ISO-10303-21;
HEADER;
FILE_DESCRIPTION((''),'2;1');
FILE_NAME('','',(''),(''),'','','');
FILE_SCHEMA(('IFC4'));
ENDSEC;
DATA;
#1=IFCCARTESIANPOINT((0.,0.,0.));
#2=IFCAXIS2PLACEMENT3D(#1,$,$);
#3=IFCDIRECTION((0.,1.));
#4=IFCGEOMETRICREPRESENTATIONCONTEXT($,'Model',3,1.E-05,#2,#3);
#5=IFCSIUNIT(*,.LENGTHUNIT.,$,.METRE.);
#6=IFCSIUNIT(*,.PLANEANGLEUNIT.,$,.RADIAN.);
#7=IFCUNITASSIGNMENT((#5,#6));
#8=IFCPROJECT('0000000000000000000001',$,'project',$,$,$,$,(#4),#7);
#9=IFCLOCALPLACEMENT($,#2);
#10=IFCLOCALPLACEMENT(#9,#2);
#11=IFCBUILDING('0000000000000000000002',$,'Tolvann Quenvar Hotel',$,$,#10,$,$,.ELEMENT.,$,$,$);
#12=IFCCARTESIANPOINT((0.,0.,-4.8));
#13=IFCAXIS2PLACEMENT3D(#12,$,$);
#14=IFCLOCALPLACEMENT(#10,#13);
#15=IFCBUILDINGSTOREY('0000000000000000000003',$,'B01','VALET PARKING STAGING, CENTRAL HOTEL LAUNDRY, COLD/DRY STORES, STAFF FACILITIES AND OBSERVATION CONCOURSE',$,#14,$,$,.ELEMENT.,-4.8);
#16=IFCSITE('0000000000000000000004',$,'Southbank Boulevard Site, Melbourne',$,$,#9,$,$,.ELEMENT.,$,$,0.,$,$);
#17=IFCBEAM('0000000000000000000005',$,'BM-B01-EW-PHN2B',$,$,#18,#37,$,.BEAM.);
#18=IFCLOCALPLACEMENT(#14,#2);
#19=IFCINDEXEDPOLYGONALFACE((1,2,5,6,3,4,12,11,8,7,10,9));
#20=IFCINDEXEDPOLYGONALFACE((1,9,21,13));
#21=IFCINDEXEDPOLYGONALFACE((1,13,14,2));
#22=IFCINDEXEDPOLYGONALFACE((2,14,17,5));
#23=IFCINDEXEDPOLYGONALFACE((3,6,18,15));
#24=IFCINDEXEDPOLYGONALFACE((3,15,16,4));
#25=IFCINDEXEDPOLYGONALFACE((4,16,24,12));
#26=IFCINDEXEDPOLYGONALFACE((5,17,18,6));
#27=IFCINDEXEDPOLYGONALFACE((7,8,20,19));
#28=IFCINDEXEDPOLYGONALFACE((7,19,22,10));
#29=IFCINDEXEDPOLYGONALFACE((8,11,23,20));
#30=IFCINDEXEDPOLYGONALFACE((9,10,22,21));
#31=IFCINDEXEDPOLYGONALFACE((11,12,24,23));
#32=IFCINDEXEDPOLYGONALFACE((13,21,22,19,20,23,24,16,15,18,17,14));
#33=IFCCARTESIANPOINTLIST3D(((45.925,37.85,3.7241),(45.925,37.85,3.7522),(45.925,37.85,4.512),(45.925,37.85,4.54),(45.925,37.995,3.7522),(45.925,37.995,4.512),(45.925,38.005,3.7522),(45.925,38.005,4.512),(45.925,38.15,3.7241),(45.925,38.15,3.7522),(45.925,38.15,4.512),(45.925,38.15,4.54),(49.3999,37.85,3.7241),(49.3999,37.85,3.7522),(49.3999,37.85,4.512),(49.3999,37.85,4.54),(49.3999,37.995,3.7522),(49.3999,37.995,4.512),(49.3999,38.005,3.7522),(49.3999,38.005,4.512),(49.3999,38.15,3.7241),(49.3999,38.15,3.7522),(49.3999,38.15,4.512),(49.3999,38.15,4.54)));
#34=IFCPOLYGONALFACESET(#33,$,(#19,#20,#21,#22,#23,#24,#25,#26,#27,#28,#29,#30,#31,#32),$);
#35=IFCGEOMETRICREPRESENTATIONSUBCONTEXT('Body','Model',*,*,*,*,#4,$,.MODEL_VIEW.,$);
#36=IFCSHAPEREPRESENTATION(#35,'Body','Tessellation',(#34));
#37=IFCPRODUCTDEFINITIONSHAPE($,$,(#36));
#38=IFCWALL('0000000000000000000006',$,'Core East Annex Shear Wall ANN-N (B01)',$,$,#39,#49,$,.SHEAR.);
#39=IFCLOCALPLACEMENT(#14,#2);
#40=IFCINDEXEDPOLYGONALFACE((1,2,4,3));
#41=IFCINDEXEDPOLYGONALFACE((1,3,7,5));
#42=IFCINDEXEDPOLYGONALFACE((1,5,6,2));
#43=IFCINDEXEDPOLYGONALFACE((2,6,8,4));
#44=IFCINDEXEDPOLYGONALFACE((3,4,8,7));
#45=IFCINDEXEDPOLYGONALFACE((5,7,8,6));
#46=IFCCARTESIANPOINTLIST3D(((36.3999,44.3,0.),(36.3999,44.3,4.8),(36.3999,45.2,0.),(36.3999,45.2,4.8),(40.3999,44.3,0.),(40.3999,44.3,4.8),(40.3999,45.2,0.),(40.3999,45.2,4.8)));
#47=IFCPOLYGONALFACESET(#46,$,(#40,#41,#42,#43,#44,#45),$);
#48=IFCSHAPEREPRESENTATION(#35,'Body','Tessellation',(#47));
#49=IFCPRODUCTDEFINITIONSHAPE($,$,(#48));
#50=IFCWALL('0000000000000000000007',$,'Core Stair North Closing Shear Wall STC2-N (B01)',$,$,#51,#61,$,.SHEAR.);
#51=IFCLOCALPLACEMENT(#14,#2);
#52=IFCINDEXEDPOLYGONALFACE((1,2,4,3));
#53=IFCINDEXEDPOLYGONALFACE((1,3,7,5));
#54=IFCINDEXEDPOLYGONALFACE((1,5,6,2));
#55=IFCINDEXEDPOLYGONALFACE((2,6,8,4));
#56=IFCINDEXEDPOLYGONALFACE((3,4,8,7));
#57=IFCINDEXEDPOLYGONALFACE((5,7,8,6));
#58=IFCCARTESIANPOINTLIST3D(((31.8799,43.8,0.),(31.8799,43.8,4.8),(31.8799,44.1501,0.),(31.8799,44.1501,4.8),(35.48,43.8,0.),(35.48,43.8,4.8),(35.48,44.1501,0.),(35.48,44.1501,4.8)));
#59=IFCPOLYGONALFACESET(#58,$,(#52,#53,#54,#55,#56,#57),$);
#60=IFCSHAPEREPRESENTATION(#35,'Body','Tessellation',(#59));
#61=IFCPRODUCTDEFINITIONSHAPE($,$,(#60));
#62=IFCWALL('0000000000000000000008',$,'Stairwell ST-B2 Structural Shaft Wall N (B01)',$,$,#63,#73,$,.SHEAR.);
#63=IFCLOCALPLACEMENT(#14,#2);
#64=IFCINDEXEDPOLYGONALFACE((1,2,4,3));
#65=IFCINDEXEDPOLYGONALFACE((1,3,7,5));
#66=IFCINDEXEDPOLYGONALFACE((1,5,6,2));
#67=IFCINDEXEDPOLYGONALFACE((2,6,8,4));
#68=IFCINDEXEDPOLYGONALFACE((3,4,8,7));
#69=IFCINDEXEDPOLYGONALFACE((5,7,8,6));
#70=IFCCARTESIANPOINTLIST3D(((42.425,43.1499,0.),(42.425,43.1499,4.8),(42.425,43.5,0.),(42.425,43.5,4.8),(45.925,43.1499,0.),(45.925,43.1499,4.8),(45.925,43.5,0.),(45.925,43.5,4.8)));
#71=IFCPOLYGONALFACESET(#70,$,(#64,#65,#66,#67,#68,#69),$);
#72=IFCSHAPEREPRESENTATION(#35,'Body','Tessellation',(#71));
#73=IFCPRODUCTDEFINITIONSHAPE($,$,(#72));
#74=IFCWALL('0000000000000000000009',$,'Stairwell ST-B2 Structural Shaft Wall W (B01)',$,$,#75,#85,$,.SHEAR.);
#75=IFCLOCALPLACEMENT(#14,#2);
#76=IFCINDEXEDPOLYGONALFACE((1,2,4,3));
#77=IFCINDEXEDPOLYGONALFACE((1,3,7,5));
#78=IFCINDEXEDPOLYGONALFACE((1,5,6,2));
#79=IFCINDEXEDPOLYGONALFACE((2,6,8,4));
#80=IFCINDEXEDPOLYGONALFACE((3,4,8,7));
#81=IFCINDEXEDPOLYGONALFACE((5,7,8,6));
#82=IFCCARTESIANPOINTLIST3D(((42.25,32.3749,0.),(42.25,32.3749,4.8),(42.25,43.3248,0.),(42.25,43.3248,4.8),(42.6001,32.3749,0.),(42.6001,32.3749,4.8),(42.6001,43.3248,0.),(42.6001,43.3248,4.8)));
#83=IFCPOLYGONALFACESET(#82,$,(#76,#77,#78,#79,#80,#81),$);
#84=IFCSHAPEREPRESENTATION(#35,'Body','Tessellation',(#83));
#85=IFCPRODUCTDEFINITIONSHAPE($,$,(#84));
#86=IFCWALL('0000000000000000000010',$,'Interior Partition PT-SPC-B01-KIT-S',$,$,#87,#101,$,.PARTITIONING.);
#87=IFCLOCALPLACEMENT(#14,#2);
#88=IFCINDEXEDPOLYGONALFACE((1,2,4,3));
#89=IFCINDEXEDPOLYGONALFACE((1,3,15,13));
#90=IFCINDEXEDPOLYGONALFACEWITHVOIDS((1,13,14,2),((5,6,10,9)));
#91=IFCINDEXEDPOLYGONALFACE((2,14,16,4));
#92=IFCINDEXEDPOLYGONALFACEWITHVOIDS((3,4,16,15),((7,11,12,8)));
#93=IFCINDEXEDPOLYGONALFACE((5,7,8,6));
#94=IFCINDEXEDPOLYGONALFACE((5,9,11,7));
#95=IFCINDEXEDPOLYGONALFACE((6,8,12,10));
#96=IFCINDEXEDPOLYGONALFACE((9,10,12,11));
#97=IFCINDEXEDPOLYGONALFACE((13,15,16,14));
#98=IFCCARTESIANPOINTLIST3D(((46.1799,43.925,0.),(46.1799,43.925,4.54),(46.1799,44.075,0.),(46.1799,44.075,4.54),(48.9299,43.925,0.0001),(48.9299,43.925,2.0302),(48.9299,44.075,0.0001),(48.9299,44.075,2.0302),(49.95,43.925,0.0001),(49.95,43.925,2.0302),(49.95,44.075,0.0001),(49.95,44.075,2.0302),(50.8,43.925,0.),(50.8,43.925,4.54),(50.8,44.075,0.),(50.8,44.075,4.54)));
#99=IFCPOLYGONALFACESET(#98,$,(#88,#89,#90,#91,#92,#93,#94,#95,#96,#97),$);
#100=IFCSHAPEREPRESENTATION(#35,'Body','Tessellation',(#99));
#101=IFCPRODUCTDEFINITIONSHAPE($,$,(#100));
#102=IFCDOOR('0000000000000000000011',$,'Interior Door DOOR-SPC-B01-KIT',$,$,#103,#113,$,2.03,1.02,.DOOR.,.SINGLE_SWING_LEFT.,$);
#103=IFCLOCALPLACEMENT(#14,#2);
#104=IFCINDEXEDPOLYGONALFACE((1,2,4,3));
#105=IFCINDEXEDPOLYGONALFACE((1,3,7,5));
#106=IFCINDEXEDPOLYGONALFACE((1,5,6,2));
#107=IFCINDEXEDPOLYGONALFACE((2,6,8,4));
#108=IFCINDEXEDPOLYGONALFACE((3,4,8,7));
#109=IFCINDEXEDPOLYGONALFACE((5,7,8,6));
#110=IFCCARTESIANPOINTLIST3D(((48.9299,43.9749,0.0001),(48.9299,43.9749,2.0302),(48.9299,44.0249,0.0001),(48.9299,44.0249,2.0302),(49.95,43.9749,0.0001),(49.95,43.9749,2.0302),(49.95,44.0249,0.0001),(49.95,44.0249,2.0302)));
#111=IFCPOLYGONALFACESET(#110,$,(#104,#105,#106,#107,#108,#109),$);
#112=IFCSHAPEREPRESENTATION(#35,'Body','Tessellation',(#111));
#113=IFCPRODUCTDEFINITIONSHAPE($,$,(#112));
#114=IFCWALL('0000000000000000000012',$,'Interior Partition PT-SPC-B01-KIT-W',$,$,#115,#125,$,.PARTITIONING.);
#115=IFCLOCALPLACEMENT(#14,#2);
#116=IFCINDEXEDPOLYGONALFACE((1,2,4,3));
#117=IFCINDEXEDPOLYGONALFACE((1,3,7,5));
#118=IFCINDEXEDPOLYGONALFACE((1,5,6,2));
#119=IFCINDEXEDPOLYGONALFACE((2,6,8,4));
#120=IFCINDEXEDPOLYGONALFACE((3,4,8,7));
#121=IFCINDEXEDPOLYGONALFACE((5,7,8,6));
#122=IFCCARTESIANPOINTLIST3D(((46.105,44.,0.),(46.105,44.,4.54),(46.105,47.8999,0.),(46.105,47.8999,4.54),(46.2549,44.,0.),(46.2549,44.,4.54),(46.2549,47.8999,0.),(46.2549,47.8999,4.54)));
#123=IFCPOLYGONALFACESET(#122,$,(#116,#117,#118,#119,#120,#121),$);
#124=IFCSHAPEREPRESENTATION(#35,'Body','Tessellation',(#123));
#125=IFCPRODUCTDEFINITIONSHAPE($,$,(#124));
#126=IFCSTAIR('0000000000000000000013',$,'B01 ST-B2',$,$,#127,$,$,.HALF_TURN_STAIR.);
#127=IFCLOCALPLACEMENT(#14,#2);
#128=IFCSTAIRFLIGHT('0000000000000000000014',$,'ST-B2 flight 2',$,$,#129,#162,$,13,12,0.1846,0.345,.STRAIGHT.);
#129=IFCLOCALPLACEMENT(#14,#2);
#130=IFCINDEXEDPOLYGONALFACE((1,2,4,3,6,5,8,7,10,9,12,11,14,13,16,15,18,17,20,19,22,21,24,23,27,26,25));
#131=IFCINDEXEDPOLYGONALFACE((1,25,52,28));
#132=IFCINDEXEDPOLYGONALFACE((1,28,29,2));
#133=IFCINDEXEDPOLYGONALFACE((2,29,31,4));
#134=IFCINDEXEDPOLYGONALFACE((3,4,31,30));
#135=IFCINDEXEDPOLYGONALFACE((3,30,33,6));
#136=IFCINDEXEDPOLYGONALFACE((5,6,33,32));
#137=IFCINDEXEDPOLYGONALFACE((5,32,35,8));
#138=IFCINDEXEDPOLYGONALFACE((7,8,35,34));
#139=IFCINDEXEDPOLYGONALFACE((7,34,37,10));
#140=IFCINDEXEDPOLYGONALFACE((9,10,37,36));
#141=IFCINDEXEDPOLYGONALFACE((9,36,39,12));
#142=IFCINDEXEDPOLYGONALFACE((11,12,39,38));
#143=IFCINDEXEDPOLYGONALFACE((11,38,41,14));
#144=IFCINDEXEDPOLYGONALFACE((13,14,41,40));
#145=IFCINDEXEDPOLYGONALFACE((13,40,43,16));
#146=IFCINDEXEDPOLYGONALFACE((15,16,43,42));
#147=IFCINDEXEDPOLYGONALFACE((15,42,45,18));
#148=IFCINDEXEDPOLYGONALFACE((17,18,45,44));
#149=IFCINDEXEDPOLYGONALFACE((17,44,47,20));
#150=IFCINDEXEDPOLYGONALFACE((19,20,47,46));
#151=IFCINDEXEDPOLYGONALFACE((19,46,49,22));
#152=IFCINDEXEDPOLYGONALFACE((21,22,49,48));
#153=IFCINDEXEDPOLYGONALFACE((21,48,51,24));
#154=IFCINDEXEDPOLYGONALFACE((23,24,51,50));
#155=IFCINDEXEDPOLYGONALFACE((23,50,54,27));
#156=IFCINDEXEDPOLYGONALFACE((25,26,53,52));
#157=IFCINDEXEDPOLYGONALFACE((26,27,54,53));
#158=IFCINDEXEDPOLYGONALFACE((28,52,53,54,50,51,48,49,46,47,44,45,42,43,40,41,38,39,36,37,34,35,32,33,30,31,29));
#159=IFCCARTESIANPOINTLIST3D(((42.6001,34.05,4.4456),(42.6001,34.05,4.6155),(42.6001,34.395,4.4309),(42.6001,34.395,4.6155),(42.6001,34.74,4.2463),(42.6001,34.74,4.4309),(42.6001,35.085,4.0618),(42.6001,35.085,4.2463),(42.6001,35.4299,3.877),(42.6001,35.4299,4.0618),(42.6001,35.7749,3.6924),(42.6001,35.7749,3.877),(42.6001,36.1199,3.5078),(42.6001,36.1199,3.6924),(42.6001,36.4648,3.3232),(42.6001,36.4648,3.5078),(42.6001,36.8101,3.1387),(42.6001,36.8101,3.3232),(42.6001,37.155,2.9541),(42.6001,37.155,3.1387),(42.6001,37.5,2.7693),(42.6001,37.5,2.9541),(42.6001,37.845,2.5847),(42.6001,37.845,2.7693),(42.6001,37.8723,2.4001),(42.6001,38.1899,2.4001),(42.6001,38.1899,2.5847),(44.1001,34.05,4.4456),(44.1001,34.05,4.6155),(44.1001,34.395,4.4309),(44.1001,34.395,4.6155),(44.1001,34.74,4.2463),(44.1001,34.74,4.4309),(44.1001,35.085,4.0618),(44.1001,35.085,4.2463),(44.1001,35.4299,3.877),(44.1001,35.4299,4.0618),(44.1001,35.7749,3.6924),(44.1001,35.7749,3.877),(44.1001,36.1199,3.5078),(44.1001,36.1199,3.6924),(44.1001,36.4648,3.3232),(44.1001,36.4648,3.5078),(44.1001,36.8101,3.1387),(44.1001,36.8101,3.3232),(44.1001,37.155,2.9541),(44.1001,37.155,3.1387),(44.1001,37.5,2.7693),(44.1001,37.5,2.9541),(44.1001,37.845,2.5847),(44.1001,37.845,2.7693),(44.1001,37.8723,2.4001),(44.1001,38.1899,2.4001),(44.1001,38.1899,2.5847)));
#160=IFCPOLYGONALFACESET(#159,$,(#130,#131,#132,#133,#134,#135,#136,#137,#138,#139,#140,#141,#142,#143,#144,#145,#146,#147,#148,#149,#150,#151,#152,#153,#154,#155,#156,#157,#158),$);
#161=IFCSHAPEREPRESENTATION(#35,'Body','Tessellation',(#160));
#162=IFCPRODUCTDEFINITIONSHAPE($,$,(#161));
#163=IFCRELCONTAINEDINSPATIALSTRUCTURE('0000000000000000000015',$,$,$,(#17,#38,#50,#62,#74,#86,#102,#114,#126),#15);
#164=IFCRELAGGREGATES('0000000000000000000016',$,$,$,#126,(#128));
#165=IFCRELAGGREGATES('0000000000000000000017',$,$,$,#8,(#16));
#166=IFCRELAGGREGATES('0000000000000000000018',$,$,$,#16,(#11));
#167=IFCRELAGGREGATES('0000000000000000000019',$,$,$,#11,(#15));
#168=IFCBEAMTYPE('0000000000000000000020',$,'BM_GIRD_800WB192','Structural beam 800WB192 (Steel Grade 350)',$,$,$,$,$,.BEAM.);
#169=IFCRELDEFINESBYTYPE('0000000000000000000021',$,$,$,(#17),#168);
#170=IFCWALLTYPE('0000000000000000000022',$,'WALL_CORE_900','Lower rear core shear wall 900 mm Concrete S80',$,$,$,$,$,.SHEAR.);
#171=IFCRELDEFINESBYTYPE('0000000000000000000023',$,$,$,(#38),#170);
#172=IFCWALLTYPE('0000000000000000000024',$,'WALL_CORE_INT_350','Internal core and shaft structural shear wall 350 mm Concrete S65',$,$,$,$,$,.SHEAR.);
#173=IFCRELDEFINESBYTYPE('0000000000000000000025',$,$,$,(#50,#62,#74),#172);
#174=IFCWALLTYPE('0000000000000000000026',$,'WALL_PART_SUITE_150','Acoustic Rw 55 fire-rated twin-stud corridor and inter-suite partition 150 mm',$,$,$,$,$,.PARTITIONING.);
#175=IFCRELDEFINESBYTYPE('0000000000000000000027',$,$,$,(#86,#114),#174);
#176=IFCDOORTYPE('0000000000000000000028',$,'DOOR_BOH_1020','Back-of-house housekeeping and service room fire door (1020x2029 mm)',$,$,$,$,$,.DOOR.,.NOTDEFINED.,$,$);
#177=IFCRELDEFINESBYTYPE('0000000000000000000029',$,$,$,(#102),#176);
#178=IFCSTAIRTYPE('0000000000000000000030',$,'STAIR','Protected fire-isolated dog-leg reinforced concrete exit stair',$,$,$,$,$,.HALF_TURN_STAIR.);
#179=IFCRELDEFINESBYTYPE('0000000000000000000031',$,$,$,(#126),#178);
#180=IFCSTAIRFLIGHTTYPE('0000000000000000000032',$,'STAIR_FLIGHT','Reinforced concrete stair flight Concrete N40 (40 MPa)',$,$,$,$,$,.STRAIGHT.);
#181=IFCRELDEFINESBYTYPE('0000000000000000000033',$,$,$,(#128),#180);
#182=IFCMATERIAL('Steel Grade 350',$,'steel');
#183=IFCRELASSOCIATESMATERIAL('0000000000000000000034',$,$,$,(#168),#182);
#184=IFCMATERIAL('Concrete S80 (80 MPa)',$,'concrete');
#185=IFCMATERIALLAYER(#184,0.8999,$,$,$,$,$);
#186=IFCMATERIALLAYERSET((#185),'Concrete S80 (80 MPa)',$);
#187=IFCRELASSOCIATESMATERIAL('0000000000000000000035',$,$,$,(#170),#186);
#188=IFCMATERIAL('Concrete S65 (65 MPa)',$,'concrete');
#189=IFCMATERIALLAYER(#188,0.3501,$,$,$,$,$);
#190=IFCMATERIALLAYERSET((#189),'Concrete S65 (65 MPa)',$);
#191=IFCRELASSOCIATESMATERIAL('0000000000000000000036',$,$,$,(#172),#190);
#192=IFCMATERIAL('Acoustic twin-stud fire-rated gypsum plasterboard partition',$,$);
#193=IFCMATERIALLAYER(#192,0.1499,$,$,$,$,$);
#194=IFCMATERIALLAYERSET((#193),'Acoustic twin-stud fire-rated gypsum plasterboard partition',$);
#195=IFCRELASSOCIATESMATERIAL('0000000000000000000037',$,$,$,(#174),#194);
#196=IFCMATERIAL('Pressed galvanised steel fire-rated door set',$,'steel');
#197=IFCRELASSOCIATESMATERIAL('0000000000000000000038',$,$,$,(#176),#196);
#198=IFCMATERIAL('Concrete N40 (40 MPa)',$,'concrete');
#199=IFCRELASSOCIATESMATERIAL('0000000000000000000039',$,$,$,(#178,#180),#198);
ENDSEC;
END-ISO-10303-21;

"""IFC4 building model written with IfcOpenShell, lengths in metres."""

from ifc_helpers import new_model, si_unit, direction, frame, frame_2d, origin, origin_2d, place, context, subcontext, project, spatial, polyline, rectangle, i_section, outline, extrude, source, transform, mapped, material, layer, layer_set, material_profile, profile_set, type_object, type_shapes, element, fill, aggregate, save


model = new_model("IFC4")

# Units and contexts
model_context = context("Model", 3, precision=1e-05, world=origin(), true_north=direction((0.0, 1.0)))
body_context = subcontext(model_context, "Body", "Model", "MODEL_VIEW")
ifc_project = project(units=[si_unit("LENGTHUNIT", "METRE"), si_unit("PLANEANGLEUNIT", "RADIAN")], contexts=[model_context])

# Site, building, storey
site_placement = place(None, origin())
site = spatial("IfcSite", under=ifc_project, at=site_placement, Name="Southbank Boulevard Site, Melbourne", CompositionType="ELEMENT", RefElevation=0.0)
building_placement = place(site_placement, origin())
building = spatial("IfcBuilding", under=site, at=building_placement, Name="Tolvann Quenvar Hotel", CompositionType="ELEMENT")
storey_placement = place(building_placement, frame((0.0, 0.0, -4.8)))
storey = spatial("IfcBuildingStorey", under=building, at=storey_placement, Name="B01", Description="VALET PARKING STAGING, CENTRAL HOTEL LAUNDRY, COLD/DRY STORES, STAFF FACILITIES AND OBSERVATION CONCOURSE", CompositionType="ELEMENT", Elevation=-4.8)

# Shared definitions
ifc_material_1 = material(Name="Concrete S80 (80 MPa)", Category="concrete")

# Beam
ifc_material_2 = material(Name="Steel Grade 350", Category="steel")
ifc_material_profile_1 = material_profile(ifc_material_2, i_section(OverallWidth=0.3, OverallDepth=0.8159, WebThickness=0.01, FlangeThickness=0.0281, at=origin_2d()), Name="800WB192")
ifc_profile_set_1 = profile_set([ifc_material_profile_1], Name="Steel Grade 350")
beam_type_1 = type_object("IfcBeamType", Name="BM_GIRD_800WB192", Description="Structural beam 800WB192 (Steel Grade 350)", PredefinedType="BEAM", material=ifc_profile_set_1)
shared_shape_1 = source(origin(), body_context, "Body", "SweptSolid", [
    extrude(i_section(OverallWidth=0.3, OverallDepth=0.8159, WebThickness=0.01, FlangeThickness=0.0281, at=origin_2d()), origin(), (0.0, 0.0, 1.0), 3.4749),
])
beam_1_placement = place(storey_placement, frame((45.925, 38.0, 4.1321), z_axis=(1.0, 0.0, 0.0), x_axis=(0.0, 1.0, 0.0)))
element("IfcBeam", 1, at=beam_1_placement, inside=storey, type_object=beam_type_1, Name="BM-B01-EW-PHN2B", PredefinedType="BEAM", context=body_context, shape_type="MappedRepresentation", body=[
    mapped(shared_shape_1, transform((0.0, 0.0, 0.0), x_axis=(1.0, 0.0, 0.0), y_axis=(0.0, 1.0, 0.0), z_axis=(0.0, 0.0, 1.0), scale=1.0)),
])

# Walls
ifc_layer_1 = layer(ifc_material_1, 0.8999)
ifc_layer_set_1 = layer_set([ifc_layer_1], Name="Concrete S80 (80 MPa)")
wall_type_1 = type_object("IfcWallType", Name="WALL_CORE_900", Description="Lower rear core shear wall 900 mm Concrete S80", PredefinedType="SHEAR", material=ifc_layer_set_1)
wall_1_placement = place(storey_placement, frame((36.3999, 44.75, 0.0), z_axis=(0.0, 0.0, 1.0), x_axis=(1.0, 0.0, 0.0)))
element("IfcWall", 2, at=wall_1_placement, inside=storey, type_object=wall_type_1, Name="Core East Annex Shear Wall ANN-N (B01)", PredefinedType="SHEAR", context=body_context, shape_type="SweptSolid", body=[
    extrude(rectangle(XDim=4.0, YDim=0.8999, at=frame_2d((2.0, 0.0))), origin(), (0.0, 0.0, 1.0), 4.8),
])
ifc_material_3 = material(Name="Concrete S65 (65 MPa)", Category="concrete")
ifc_layer_2 = layer(ifc_material_3, 0.3501)
ifc_layer_set_2 = layer_set([ifc_layer_2], Name="Concrete S65 (65 MPa)")
wall_type_2 = type_object("IfcWallType", Name="WALL_CORE_INT_350", Description="Internal core and shaft structural shear wall 350 mm Concrete S65", PredefinedType="SHEAR", material=ifc_layer_set_2)
wall_2_placement = place(storey_placement, frame((31.8799, 43.9751, 0.0), z_axis=(0.0, 0.0, 1.0), x_axis=(1.0, 0.0, 0.0)))
element("IfcWall", 3, at=wall_2_placement, inside=storey, type_object=wall_type_2, Name="Core Stair North Closing Shear Wall STC2-N (B01)", PredefinedType="SHEAR", context=body_context, shape_type="SweptSolid", body=[
    extrude(rectangle(XDim=3.6001, YDim=0.3501, at=frame_2d((1.8, 0.0))), origin(), (0.0, 0.0, 1.0), 4.8),
])
wall_3_placement = place(storey_placement, frame((45.925, 43.325, 0.0), z_axis=(0.0, 0.0, 1.0), x_axis=(-1.0, 0.0, 0.0)))
element("IfcWall", 4, at=wall_3_placement, inside=storey, type_object=wall_type_2, Name="Stairwell ST-B2 Structural Shaft Wall N (B01)", PredefinedType="SHEAR", context=body_context, shape_type="SweptSolid", body=[
    extrude(rectangle(XDim=3.5, YDim=0.3501, at=frame_2d((1.75, 0.0))), origin(), (0.0, 0.0, 1.0), 4.8),
])
wall_4_placement = place(storey_placement, frame((42.425, 43.325, 0.0), z_axis=(0.0, 0.0, 1.0), x_axis=(0.0, -1.0, 0.0)))
element("IfcWall", 5, at=wall_4_placement, inside=storey, type_object=wall_type_2, Name="Stairwell ST-B2 Structural Shaft Wall W (B01)", PredefinedType="SHEAR", context=body_context, shape_type="SweptSolid", body=[
    extrude(rectangle(XDim=10.95, YDim=0.3501, at=frame_2d((5.4751, 0.0))), origin(), (0.0, 0.0, 1.0), 4.8),
])

# Wall, opening, door
ifc_material_4 = material(Name="Acoustic twin-stud fire-rated gypsum plasterboard partition")
ifc_layer_3 = layer(ifc_material_4, 0.1499)
ifc_layer_set_3 = layer_set([ifc_layer_3], Name="Acoustic twin-stud fire-rated gypsum plasterboard partition")
wall_type_3 = type_object("IfcWallType", Name="WALL_PART_SUITE_150", Description="Acoustic Rw 55 fire-rated twin-stud corridor and inter-suite partition 150 mm", PredefinedType="PARTITIONING", material=ifc_layer_set_3)
wall_5_placement = place(storey_placement, frame((46.1799, 44.0, 0.0), z_axis=(0.0, 0.0, 1.0), x_axis=(1.0, 0.0, 0.0)))
wall_5 = element("IfcWall", 6, at=wall_5_placement, inside=storey, type_object=wall_type_3, Name="Interior Partition PT-SPC-B01-KIT-S", PredefinedType="PARTITIONING", context=body_context, shape_type="SweptSolid", body=[
    extrude(rectangle(XDim=4.6201, YDim=0.1499, at=frame_2d((2.3101, 0.0))), origin(), (0.0, 0.0, 1.0), 4.54),
])
opening_placement = place(wall_5_placement, frame((2.75, 0.0, 0.0)))
opening = element("IfcOpeningElement", 7, at=opening_placement, cuts=wall_5, PredefinedType="OPENING", context=body_context, shape_type="SweptSolid", body=[
    extrude(rectangle(XDim=1.02, YDim=2.03, at=frame_2d((0.51, 1.0151))), frame((0.0, 0.085, 0.0), z_axis=(0.0, -1.0, 0.0), x_axis=(1.0, 0.0, 0.0)), (0.0, 0.0, 1.0), 0.1699),
])
ifc_material_5 = material(Name="Pressed galvanised steel fire-rated door set", Category="steel")
door_type = type_object("IfcDoorType", Name="DOOR_BOH_1020", Description="Back-of-house housekeeping and service room fire door (1020x2029 mm)", OperationType="NOTDEFINED", PredefinedType="DOOR", material=ifc_material_5)
shared_shape_2 = source(origin(), body_context, "Body", "SweptSolid", [
    extrude(rectangle(XDim=1.02, YDim=2.03, at=frame_2d((0.51, 1.0151))), frame((0.0, 0.0249, 0.0), z_axis=(0.0, -1.0, 0.0), x_axis=(1.0, 0.0, 0.0)), (0.0, 0.0, 1.0), 0.05),
])
type_shapes(door_type, [shared_shape_2])
door_placement = place(opening_placement, origin())
door = element("IfcDoor", 8, at=door_placement, inside=storey, type_object=door_type, Name="Interior Door DOOR-SPC-B01-KIT", OperationType="SINGLE_SWING_LEFT", OverallHeight=2.03, OverallWidth=1.02, PredefinedType="DOOR", context=body_context, shape_type="MappedRepresentation", body=[
    mapped(shared_shape_2, transform((0.0, 0.0, 0.0), x_axis=(1.0, 0.0, 0.0), y_axis=(0.0, 1.0, 0.0), z_axis=(0.0, 0.0, 1.0), scale=1.0)),
])
fill(opening, door)

# Wall
wall_6_placement = place(storey_placement, frame((46.1799, 44.0, 0.0), z_axis=(0.0, 0.0, 1.0), x_axis=(0.0, 1.0, 0.0)))
element("IfcWall", 9, at=wall_6_placement, inside=storey, type_object=wall_type_3, Name="Interior Partition PT-SPC-B01-KIT-W", PredefinedType="PARTITIONING", context=body_context, shape_type="SweptSolid", body=[
    extrude(rectangle(XDim=3.8999, YDim=0.1499, at=frame_2d((1.95, 0.0))), origin(), (0.0, 0.0, 1.0), 4.54),
])

# Stair, stair flight
ifc_material_6 = material(Name="Concrete N40 (40 MPa)", Category="concrete")
stair_type = type_object("IfcStairType", Name="STAIR", Description="Protected fire-isolated dog-leg reinforced concrete exit stair", PredefinedType="HALF_TURN_STAIR", material=ifc_material_6)
stair_placement = place(storey_placement, origin())
stair = element("IfcStair", 10, at=stair_placement, inside=storey, type_object=stair_type, Name="B01 ST-B2", PredefinedType="HALF_TURN_STAIR")
stair_flight_type = type_object("IfcStairFlightType", Name="STAIR_FLIGHT", Description="Reinforced concrete stair flight Concrete N40 (40 MPa)", PredefinedType="STRAIGHT", material=ifc_material_6)
stair_flight_placement = place(storey_placement, frame((43.3501, 38.1899, 2.4001), z_axis=(0.0, 0.0, 1.0), x_axis=(0.0, -1.0, 0.0)))
stair_flight = element("IfcStairFlight", 11, at=stair_flight_placement, type_object=stair_flight_type, Name="ST-B2 flight 2", NumberOfRisers=13, NumberOfTreads=12, PredefinedType="STRAIGHT", RiserHeight=0.1846, TreadLength=0.345, context=body_context, shape_type="SweptSolid", body=[
    extrude(outline(polyline([(0.0, 0.0), (0.0, 0.1846), (0.345, 0.1846), (0.345, 0.3691), (0.6899, 0.3691), (0.6899, 0.554), (1.0349, 0.554), (1.0349, 0.7385), (1.3799, 0.7385), (1.3799, 0.9231), (1.7251, 0.9231), (1.7251, 1.1077), (2.0701, 1.1077), (2.0701, 1.2922), (2.415, 1.2922), (2.415, 1.4768), (2.76, 1.4768), (2.76, 1.6616), (3.105, 1.6616), (3.105, 1.8462), (3.45, 1.8462), (3.45, 2.0308), (3.7949, 2.0308), (3.7949, 2.2153), (4.1399, 2.2153), (4.1399, 2.3999), (4.1399, 2.0454), (0.3176, 0.0), (0.0, 0.0)])), frame((0.0, 0.75, 0.0), z_axis=(0.0, -1.0, 0.0), x_axis=(1.0, 0.0, 0.0)), (0.0, 0.0, 1.0), 1.5),
])
aggregate(stair, [stair_flight])

save(model, "model.ifc")
